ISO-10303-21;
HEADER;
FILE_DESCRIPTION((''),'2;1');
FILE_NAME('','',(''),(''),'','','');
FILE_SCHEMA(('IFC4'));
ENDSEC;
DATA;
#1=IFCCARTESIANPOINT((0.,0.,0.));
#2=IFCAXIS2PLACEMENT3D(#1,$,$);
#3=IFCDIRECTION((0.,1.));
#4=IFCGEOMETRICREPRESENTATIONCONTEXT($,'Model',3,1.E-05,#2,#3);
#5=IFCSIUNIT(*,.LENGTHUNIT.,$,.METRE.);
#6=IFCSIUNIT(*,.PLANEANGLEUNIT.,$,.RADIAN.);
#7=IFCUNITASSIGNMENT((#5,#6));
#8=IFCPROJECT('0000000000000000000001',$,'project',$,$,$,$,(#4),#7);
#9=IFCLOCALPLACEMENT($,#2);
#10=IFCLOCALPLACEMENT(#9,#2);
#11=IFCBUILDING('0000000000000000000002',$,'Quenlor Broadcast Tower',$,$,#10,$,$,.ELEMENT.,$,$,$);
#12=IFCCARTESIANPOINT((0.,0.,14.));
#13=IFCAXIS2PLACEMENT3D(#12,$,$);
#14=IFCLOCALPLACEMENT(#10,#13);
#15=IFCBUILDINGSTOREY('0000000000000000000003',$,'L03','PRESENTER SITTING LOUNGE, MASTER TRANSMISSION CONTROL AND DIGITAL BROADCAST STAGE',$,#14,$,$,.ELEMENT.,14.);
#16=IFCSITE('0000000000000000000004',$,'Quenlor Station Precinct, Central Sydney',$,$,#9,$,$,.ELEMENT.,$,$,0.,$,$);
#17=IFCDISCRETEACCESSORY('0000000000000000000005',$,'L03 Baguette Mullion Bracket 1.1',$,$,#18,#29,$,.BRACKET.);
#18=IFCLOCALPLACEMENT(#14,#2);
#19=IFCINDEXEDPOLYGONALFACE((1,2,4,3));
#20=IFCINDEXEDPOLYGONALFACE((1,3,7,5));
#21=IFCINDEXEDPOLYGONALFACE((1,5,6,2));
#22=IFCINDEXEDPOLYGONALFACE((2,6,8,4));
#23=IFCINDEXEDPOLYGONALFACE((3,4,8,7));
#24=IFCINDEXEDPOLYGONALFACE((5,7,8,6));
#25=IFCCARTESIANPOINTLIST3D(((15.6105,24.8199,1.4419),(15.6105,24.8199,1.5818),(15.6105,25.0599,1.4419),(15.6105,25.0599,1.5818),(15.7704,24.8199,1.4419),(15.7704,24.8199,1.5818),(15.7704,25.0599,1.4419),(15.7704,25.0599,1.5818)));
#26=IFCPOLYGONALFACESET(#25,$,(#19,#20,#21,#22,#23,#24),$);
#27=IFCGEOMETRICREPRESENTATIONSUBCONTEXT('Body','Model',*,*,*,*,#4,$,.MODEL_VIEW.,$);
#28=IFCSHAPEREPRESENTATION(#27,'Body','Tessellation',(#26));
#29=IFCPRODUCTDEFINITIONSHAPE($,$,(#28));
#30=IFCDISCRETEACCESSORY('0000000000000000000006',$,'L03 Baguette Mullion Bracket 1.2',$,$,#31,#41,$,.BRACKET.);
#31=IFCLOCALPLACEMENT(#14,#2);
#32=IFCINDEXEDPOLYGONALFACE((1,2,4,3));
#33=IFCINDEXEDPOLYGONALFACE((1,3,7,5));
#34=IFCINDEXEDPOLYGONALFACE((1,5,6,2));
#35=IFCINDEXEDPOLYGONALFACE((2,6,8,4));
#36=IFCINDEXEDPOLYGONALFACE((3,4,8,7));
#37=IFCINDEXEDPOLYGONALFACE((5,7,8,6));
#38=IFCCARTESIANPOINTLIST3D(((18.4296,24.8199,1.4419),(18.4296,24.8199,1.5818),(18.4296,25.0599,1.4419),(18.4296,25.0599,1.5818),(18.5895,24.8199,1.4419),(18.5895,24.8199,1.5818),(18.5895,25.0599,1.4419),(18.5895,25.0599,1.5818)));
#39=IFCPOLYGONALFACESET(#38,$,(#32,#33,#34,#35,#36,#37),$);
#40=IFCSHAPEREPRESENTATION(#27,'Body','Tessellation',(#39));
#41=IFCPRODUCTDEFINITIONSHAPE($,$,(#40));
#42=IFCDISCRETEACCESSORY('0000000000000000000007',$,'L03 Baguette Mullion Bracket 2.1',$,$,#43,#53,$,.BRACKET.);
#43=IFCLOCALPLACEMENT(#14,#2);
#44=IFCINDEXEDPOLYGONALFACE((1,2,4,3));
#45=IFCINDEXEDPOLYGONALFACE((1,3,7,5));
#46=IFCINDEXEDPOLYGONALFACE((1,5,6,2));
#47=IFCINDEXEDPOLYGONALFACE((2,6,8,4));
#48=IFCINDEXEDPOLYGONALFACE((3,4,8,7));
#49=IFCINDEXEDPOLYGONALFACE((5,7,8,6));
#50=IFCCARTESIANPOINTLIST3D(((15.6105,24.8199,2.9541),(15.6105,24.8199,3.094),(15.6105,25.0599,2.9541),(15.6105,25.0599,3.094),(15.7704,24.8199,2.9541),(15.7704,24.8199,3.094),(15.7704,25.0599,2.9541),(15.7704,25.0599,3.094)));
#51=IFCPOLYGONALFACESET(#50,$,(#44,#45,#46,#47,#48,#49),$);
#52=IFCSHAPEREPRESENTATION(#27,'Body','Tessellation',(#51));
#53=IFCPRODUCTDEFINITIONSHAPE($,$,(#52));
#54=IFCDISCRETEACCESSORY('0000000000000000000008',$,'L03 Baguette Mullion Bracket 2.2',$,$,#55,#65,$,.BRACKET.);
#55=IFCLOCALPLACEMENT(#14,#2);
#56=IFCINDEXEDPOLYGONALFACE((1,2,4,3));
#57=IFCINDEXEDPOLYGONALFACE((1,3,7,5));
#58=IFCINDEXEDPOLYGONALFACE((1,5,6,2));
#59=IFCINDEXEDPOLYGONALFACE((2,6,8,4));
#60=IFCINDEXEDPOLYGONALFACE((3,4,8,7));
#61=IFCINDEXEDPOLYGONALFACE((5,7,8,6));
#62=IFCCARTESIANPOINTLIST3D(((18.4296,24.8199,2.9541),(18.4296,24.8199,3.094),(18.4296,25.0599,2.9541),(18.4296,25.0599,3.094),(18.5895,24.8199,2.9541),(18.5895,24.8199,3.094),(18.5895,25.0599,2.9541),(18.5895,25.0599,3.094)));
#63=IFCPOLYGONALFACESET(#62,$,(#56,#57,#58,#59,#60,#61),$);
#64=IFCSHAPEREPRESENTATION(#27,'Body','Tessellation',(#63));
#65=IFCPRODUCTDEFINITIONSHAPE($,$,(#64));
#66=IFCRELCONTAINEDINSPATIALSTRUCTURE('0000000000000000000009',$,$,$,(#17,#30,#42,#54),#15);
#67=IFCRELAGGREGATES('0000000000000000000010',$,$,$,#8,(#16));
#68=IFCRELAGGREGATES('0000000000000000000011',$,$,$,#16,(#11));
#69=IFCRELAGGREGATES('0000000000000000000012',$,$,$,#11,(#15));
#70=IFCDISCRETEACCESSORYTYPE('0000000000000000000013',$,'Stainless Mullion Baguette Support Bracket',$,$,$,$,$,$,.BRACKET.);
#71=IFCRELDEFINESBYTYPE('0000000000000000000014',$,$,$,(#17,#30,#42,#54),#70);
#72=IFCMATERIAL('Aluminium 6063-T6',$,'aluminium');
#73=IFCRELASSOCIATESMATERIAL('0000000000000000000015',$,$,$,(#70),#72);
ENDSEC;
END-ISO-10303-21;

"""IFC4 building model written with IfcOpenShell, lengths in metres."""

from ifc_helpers import new_model, si_unit, direction, frame, origin, origin_2d, place, context, subcontext, project, spatial, rectangle, extrude, material, type_object, element, save


model = new_model("IFC4")

# Units and contexts
model_context = context("Model", 3, precision=1e-05, world=origin(), true_north=direction((0.0, 1.0)))
body_context = subcontext(model_context, "Body", "Model", "MODEL_VIEW")
ifc_project = project(units=[si_unit("LENGTHUNIT", "METRE"), si_unit("PLANEANGLEUNIT", "RADIAN")], contexts=[model_context])

# Site, building, storey
site_placement = place(None, origin())
site = spatial("IfcSite", under=ifc_project, at=site_placement, Name="Quenlor Station Precinct, Central Sydney", CompositionType="ELEMENT", RefElevation=0.0)
building_placement = place(site_placement, origin())
building = spatial("IfcBuilding", under=site, at=building_placement, Name="Quenlor Broadcast Tower", CompositionType="ELEMENT")
storey_placement = place(building_placement, frame((0.0, 0.0, 14.0)))
storey = spatial("IfcBuildingStorey", under=building, at=storey_placement, Name="L03", Description="PRESENTER SITTING LOUNGE, MASTER TRANSMISSION CONTROL AND DIGITAL BROADCAST STAGE", CompositionType="ELEMENT", Elevation=14.0)

# Discrete accessories
ifc_material_1 = material(Name="Aluminium 6063-T6", Category="aluminium")
discrete_accessory_type = type_object("IfcDiscreteAccessoryType", Name="Stainless Mullion Baguette Support Bracket", PredefinedType="BRACKET", material=ifc_material_1)
for number, where, z_axis, x_axis, name in (
    (1, (15.6904, 24.9399, 1.4419), (0.0, 0.0, 1.0), (1.0, 0.0, 0.0), "L03 Baguette Mullion Bracket 1.1"),
    (2, (18.5095, 24.9399, 1.4419), (0.0, 0.0, 1.0), (1.0, 0.0, 0.0), "L03 Baguette Mullion Bracket 1.2"),
    (3, (15.6904, 24.9399, 2.9541), (0.0, 0.0, 1.0), (1.0, 0.0, 0.0), "L03 Baguette Mullion Bracket 2.1"),
    (4, (18.5095, 24.9399, 2.9541), (0.0, 0.0, 1.0), (1.0, 0.0, 0.0), "L03 Baguette Mullion Bracket 2.2"),
):
    element("IfcDiscreteAccessory", number, at=place(storey_placement, frame(where, z_axis=z_axis, x_axis=x_axis)), inside=storey, type_object=discrete_accessory_type, Name=name, PredefinedType="BRACKET", context=body_context, shape_type="SweptSolid", body=[
        extrude(rectangle(XDim=0.1599, YDim=0.24, at=origin_2d()), origin(), (0.0, 0.0, 1.0), 0.1399),
    ])

save(model, "model.ifc")
